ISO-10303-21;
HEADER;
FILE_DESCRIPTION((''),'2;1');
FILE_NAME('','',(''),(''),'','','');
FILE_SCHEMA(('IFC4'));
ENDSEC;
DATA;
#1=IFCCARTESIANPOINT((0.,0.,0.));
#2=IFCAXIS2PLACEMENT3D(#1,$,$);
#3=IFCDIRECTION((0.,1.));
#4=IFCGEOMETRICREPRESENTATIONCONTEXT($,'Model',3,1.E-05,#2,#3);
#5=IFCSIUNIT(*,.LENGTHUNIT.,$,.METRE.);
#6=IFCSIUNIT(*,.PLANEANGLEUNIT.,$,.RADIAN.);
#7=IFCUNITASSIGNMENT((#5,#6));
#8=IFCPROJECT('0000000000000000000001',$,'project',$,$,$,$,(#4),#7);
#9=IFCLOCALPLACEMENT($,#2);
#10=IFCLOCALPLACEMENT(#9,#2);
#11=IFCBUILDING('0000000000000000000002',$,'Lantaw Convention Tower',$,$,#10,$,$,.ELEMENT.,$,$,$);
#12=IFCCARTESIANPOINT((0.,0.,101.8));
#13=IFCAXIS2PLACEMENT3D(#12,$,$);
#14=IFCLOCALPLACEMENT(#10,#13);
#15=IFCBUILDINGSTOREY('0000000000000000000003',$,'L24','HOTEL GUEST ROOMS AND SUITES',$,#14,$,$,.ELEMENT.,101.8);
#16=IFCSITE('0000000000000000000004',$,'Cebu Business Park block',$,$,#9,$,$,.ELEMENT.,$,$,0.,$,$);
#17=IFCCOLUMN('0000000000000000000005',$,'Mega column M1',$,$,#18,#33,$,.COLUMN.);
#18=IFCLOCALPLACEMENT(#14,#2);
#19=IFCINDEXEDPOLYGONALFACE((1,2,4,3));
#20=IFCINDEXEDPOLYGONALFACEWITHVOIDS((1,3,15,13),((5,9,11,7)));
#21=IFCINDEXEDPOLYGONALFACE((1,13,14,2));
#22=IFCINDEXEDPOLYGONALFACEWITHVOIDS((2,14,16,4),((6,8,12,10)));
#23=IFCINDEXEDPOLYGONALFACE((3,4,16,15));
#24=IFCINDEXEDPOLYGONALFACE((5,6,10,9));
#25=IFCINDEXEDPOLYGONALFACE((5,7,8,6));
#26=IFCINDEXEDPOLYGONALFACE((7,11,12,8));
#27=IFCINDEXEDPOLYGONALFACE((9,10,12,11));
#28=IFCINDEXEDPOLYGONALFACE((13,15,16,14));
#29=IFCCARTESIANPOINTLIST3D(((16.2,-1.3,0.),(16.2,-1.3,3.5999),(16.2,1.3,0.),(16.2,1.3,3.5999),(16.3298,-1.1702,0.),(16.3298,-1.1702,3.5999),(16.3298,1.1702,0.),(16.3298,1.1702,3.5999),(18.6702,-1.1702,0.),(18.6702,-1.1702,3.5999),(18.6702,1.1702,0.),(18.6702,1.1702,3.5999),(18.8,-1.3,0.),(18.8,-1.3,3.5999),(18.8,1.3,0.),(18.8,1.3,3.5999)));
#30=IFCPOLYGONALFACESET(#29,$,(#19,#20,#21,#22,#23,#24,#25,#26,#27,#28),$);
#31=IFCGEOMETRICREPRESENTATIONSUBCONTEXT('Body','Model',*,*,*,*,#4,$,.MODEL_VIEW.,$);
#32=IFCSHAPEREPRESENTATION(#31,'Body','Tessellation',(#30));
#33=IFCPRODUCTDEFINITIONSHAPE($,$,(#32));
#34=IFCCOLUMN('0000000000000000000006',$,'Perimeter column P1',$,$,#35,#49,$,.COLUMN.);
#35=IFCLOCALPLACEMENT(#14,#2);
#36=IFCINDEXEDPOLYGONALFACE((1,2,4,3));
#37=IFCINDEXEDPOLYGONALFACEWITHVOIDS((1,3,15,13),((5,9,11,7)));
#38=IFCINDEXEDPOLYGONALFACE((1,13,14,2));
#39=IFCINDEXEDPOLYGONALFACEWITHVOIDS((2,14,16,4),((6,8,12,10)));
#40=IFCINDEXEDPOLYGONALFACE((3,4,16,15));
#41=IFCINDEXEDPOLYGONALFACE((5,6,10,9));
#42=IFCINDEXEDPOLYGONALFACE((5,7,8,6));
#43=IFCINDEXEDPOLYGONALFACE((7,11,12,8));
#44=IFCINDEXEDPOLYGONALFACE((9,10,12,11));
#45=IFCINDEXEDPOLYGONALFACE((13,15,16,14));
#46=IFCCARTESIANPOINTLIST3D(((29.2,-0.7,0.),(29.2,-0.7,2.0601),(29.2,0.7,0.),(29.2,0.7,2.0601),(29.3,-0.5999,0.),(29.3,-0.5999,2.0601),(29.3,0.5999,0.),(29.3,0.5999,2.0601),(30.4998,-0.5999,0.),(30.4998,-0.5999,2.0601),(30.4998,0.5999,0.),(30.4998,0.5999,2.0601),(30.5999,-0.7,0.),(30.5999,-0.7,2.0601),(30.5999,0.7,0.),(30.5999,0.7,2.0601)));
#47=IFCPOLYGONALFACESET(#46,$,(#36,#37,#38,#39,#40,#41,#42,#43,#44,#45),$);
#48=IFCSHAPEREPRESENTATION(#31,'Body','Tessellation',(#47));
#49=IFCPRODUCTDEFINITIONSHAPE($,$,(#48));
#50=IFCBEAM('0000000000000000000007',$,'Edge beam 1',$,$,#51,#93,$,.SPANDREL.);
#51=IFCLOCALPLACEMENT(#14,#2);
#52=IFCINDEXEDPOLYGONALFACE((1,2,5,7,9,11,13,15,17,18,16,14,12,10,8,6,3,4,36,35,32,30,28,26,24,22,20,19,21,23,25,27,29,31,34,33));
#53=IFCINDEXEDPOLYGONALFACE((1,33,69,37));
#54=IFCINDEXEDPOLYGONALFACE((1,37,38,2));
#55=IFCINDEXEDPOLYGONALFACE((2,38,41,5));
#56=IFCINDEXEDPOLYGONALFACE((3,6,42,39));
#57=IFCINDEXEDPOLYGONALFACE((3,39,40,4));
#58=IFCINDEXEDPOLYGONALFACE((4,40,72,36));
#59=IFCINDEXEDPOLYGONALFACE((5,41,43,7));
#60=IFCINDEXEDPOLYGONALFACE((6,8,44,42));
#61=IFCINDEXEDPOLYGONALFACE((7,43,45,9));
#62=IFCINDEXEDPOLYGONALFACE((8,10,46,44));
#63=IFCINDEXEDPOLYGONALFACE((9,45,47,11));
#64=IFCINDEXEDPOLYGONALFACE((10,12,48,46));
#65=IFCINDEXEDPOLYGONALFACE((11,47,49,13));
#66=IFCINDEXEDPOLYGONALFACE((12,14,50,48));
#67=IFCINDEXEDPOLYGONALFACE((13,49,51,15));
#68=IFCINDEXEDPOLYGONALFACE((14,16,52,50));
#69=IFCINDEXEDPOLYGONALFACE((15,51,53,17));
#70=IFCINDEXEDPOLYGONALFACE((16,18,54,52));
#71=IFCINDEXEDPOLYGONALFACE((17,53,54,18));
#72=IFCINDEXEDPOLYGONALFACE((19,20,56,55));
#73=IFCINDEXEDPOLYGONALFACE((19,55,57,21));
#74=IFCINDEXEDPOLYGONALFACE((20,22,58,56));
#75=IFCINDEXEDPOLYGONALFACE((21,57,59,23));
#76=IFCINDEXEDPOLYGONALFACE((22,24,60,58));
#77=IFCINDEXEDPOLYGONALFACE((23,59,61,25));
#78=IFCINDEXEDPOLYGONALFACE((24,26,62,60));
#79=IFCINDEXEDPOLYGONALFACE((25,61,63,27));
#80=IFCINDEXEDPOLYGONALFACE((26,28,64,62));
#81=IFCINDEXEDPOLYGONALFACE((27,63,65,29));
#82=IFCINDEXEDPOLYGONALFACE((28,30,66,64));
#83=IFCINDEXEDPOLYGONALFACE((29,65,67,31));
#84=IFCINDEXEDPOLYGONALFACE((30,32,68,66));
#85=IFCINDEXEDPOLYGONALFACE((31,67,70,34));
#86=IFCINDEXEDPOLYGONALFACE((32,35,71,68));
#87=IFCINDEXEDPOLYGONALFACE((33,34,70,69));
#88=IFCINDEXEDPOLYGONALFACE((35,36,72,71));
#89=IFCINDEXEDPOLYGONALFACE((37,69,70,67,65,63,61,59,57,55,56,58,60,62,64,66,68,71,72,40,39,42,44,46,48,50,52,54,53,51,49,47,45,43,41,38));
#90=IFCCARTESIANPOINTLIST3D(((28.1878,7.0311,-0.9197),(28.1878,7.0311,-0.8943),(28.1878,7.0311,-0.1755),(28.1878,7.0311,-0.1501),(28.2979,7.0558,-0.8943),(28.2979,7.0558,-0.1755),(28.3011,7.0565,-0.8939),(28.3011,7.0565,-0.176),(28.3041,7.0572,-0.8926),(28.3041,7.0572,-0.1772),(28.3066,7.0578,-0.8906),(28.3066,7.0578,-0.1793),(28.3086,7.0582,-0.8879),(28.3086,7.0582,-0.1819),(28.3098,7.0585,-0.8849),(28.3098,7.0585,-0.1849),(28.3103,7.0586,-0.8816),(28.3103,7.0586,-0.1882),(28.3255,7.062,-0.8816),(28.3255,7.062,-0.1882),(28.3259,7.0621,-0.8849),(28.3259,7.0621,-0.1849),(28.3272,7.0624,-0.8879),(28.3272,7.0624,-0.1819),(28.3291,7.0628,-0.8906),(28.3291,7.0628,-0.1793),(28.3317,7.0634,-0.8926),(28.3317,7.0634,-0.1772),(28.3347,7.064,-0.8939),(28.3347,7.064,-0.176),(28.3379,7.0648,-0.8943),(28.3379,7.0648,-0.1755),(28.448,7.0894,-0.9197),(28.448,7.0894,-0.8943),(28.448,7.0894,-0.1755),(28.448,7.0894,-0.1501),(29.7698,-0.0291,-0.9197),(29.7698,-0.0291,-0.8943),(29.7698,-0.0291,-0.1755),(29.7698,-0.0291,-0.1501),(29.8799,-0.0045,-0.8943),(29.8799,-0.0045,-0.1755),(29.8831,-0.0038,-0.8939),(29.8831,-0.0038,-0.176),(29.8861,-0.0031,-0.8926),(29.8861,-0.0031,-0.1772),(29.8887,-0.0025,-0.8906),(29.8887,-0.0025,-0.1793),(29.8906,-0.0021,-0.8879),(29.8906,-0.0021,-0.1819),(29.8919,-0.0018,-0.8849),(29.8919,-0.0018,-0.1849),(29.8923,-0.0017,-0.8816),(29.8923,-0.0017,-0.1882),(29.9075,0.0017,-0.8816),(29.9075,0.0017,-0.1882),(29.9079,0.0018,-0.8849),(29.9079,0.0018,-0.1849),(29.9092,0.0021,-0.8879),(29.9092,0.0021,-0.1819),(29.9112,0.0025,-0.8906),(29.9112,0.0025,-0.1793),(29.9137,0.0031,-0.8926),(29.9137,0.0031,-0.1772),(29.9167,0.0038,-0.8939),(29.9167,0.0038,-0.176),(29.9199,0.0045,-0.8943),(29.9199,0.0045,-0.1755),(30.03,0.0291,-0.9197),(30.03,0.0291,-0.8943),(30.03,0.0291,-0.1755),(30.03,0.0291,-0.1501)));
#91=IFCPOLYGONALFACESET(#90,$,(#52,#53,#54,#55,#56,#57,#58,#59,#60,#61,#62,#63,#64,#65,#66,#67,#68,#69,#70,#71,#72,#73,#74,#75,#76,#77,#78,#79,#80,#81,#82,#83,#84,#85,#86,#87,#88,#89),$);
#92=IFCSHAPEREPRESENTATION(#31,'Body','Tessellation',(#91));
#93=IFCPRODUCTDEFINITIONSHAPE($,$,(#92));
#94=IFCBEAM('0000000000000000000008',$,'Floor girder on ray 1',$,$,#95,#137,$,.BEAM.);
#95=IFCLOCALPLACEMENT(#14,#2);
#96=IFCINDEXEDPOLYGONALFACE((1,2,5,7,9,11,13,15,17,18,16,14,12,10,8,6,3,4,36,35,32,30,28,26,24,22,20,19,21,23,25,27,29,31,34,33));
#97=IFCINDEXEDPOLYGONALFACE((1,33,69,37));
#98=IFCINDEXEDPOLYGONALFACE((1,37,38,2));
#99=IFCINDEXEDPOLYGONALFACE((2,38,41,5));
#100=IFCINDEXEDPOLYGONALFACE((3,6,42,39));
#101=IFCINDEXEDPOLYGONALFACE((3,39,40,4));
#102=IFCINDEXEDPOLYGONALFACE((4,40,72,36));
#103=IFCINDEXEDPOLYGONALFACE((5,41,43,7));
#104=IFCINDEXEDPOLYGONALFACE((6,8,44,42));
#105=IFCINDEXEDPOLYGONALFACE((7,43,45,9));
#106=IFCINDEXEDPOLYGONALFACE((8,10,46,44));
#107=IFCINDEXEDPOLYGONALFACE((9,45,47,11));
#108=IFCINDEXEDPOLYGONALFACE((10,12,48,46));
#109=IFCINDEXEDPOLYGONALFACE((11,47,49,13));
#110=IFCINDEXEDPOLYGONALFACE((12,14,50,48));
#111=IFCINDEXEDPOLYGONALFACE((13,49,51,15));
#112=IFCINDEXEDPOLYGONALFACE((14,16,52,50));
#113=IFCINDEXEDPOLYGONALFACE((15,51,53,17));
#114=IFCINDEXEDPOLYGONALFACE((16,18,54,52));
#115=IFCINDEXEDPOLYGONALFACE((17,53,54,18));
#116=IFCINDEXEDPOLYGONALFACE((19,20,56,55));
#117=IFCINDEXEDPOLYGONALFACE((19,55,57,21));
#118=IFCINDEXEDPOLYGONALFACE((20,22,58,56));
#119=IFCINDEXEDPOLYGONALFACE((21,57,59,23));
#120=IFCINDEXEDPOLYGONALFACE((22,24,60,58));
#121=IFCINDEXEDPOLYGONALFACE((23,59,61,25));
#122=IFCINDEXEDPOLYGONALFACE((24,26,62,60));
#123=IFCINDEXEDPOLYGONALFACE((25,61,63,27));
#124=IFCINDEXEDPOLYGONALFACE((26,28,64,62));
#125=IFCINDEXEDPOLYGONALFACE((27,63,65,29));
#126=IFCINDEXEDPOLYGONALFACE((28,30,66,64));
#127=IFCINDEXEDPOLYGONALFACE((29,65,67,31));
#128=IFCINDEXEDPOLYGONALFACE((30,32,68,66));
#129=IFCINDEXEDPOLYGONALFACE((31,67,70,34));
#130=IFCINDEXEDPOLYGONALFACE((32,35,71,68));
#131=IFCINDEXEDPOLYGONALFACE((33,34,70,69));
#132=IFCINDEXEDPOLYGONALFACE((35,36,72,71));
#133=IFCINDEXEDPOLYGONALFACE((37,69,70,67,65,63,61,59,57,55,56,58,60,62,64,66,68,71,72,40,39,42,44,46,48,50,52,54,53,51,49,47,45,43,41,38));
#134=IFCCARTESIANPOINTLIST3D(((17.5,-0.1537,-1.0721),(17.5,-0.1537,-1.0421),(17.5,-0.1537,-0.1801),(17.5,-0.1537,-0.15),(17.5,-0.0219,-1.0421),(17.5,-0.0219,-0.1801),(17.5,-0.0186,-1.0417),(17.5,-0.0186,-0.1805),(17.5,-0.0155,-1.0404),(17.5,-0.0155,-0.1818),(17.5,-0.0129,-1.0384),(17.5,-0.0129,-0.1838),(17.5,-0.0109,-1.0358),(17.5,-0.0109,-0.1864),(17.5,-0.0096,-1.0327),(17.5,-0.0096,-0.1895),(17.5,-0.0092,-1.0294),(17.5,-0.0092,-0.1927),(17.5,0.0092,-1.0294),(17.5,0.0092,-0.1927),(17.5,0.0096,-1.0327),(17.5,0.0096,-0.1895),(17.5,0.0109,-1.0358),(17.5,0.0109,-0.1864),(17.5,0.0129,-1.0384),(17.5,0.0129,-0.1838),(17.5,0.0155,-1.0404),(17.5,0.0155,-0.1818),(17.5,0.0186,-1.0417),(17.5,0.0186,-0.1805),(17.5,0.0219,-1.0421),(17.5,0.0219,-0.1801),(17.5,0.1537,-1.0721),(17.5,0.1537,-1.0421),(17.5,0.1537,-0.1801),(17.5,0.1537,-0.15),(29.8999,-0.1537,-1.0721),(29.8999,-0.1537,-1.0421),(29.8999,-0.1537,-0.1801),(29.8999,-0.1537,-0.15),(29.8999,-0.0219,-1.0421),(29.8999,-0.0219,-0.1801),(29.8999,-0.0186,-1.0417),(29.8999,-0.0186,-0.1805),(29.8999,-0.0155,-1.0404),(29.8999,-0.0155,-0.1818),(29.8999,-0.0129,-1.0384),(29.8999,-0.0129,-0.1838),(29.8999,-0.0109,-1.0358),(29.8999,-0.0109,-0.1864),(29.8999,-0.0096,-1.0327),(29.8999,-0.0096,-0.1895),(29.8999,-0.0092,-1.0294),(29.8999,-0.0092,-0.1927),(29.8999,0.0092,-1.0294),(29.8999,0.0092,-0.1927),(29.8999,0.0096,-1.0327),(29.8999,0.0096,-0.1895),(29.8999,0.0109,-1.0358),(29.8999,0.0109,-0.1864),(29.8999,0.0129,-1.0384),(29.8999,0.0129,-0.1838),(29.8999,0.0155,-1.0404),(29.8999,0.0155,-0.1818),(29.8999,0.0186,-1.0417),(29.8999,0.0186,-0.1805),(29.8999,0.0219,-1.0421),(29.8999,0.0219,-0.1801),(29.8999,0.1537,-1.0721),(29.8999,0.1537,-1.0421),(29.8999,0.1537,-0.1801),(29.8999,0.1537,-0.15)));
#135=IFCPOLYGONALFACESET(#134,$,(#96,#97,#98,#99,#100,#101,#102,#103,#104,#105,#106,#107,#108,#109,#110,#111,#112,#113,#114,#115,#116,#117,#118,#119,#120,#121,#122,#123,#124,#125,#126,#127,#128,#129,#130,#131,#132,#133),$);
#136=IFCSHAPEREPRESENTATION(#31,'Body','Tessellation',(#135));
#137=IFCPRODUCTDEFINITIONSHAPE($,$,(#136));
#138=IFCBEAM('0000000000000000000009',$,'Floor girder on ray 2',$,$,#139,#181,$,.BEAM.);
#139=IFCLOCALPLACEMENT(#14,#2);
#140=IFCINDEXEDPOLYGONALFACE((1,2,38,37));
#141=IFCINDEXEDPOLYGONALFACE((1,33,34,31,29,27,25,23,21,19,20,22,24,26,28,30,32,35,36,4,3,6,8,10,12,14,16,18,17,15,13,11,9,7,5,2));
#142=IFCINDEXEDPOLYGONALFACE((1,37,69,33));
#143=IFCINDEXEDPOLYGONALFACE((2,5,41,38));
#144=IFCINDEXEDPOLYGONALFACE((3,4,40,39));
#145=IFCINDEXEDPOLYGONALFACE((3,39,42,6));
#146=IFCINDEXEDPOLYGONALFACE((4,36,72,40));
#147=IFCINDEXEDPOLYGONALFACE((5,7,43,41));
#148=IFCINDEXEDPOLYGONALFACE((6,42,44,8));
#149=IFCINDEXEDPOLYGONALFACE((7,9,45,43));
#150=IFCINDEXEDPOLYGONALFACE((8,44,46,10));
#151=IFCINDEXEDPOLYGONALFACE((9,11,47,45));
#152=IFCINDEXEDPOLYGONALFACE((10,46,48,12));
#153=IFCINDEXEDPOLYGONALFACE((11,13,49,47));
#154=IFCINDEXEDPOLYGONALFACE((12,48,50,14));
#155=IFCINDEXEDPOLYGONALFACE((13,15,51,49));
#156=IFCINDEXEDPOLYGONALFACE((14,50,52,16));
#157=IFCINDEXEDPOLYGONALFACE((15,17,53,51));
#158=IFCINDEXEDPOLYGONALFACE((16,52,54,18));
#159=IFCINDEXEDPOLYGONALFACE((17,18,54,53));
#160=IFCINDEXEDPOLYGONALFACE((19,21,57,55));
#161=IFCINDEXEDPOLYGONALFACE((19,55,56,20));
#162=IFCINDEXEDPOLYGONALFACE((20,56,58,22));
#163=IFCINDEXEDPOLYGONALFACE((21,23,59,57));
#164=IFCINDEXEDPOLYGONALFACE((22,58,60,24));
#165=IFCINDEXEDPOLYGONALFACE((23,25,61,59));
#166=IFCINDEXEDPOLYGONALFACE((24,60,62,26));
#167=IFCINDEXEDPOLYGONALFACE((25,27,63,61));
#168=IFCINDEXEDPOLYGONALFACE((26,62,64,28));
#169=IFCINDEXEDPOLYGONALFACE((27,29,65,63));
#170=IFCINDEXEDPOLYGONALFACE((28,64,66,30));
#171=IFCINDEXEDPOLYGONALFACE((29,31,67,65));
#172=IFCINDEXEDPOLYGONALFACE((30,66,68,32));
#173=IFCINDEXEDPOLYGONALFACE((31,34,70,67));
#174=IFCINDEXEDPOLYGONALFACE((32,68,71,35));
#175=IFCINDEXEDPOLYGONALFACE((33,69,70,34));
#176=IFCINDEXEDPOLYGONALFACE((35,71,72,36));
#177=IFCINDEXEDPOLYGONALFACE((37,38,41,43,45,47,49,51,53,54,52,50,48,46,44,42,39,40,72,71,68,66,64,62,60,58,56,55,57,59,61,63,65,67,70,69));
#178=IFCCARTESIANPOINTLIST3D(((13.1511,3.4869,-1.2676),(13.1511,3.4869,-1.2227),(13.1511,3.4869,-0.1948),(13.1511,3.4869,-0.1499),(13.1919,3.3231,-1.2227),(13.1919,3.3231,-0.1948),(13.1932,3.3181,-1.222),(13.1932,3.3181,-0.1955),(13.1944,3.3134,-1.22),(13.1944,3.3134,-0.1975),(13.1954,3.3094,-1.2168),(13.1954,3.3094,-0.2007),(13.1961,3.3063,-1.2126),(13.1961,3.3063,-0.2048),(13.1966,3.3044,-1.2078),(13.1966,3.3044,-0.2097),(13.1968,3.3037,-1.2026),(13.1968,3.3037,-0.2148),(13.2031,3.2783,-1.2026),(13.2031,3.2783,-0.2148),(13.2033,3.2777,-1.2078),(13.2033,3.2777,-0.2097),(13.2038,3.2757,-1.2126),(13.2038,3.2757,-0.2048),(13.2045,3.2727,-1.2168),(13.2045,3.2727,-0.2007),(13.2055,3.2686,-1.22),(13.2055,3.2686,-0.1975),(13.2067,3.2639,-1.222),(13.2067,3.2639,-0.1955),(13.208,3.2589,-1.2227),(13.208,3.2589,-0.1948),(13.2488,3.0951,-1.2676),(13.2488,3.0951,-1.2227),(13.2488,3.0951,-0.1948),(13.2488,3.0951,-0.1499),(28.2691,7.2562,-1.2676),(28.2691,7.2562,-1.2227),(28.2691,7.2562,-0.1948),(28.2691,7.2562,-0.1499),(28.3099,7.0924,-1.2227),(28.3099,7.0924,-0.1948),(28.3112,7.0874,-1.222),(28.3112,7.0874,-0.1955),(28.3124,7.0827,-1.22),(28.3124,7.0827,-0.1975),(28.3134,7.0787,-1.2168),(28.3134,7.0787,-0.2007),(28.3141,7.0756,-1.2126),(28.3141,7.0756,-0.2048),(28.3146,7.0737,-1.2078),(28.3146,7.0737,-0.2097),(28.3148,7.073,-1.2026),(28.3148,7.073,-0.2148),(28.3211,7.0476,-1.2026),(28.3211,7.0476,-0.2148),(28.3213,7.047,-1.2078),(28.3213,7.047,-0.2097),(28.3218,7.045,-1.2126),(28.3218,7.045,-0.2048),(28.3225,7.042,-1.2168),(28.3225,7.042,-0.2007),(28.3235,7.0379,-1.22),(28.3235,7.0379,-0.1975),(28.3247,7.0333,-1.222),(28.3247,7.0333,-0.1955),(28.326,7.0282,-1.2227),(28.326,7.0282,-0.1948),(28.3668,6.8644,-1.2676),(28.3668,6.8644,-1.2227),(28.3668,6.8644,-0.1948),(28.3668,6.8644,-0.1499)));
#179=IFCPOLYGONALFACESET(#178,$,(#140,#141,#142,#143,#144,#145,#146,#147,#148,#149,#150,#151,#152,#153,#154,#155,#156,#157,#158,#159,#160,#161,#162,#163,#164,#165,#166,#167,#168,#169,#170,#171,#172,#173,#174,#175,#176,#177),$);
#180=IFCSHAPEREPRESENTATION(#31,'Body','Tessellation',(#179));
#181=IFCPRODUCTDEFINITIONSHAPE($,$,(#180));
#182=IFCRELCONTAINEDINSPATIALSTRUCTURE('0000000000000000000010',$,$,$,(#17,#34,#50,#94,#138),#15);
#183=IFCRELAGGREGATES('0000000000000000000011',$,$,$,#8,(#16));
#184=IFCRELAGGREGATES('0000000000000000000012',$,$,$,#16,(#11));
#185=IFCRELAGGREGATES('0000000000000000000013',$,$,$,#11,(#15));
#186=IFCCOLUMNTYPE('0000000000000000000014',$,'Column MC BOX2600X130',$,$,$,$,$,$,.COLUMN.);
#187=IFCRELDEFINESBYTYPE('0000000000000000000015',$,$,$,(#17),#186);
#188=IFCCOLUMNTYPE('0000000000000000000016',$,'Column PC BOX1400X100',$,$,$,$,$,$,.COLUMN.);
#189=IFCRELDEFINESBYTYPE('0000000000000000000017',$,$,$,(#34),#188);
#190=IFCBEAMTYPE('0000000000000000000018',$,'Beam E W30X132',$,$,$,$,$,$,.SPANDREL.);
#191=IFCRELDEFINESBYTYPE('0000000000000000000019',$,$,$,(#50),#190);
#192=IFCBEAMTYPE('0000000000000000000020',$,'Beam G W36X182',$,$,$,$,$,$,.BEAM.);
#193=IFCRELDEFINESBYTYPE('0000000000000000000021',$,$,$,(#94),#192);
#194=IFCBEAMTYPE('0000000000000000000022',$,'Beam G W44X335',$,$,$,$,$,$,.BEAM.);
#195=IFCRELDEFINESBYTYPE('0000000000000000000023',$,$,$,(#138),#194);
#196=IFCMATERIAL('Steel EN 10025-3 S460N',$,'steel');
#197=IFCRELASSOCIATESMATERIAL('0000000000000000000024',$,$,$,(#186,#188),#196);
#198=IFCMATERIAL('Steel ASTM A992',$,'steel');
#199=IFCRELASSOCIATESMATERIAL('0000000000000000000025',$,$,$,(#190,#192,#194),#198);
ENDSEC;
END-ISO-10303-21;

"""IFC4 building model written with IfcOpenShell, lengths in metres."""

from ifc_helpers import new_model, si_unit, direction, frame, origin, origin_2d, place, context, subcontext, project, spatial, rectangle, hollow_rectangle, i_section, extrude, material, material_profile, profile_set, type_object, element, save


model = new_model("IFC4")

# Units and contexts
model_context = context("Model", 3, precision=1e-05, world=origin(), true_north=direction((0.0, 1.0)))
body_context = subcontext(model_context, "Body", "Model", "MODEL_VIEW")
ifc_project = project(units=[si_unit("LENGTHUNIT", "METRE"), si_unit("PLANEANGLEUNIT", "RADIAN")], contexts=[model_context])

# Site, building, storey
site_placement = place(None, origin())
site = spatial("IfcSite", under=ifc_project, at=site_placement, Name="Cebu Business Park block", CompositionType="ELEMENT", RefElevation=0.0)
building_placement = place(site_placement, origin())
building = spatial("IfcBuilding", under=site, at=building_placement, Name="Lantaw Convention Tower", CompositionType="ELEMENT")
storey_placement = place(building_placement, frame((0.0, 0.0, 101.8)))
storey = spatial("IfcBuildingStorey", under=building, at=storey_placement, Name="L24", Description="HOTEL GUEST ROOMS AND SUITES", CompositionType="ELEMENT", Elevation=101.8)

# Columns
ifc_material_1 = material(Name="Steel EN 10025-3 S460N", Category="steel")
ifc_material_profile_1 = material_profile(ifc_material_1, hollow_rectangle(XDim=2.6001, YDim=2.6001, WallThickness=0.1299, at=origin_2d()), Name="BOX2600X130")
ifc_material_2 = material(Name="Concrete C60/75", Category="concrete")
ifc_material_profile_2 = material_profile(ifc_material_2, rectangle(XDim=2.3401, YDim=2.3401, at=origin_2d()), Name="Concrete fill of BOX2600X130")
ifc_profile_set_1 = profile_set([ifc_material_profile_1, ifc_material_profile_2], Name="Steel EN 10025-3 S460N")
column_type_1 = type_object("IfcColumnType", Name="Column MC BOX2600X130", PredefinedType="COLUMN", material=ifc_profile_set_1)
column_1_placement = place(storey_placement, frame((17.5, 0.0, 0.0), z_axis=(0.0, 0.0, 1.0), x_axis=(1.0, 0.0, 0.0)))
element("IfcColumn", 1, at=column_1_placement, inside=storey, type_object=column_type_1, Name="Mega column M1", PredefinedType="COLUMN", context=body_context, shape_type="SweptSolid", body=[
    extrude(hollow_rectangle(XDim=2.6001, YDim=2.6001, WallThickness=0.1299, at=origin_2d()), origin(), (0.0, 0.0, 1.0), 3.5999),
])
ifc_material_profile_3 = material_profile(ifc_material_1, hollow_rectangle(XDim=1.3999, YDim=1.3999, WallThickness=0.1001, at=origin_2d()), Name="BOX1400X100")
ifc_material_profile_4 = material_profile(ifc_material_2, rectangle(XDim=1.2, YDim=1.2, at=origin_2d()), Name="Concrete fill of BOX1400X100")
ifc_profile_set_2 = profile_set([ifc_material_profile_3, ifc_material_profile_4], Name="Steel EN 10025-3 S460N")
column_type_2 = type_object("IfcColumnType", Name="Column PC BOX1400X100", PredefinedType="COLUMN", material=ifc_profile_set_2)
column_2_placement = place(storey_placement, frame((29.8999, 0.0, 0.0), z_axis=(0.0, 0.0, 1.0), x_axis=(1.0, 0.0, 0.0)))
element("IfcColumn", 2, at=column_2_placement, inside=storey, type_object=column_type_2, Name="Perimeter column P1", PredefinedType="COLUMN", context=body_context, shape_type="SweptSolid", body=[
    extrude(hollow_rectangle(XDim=1.3999, YDim=1.3999, WallThickness=0.1001, at=origin_2d()), origin(), (0.0, 0.0, 1.0), 2.0601),
])

# Beams
ifc_material_3 = material(Name="Steel ASTM A992", Category="steel")
ifc_material_profile_5 = material_profile(ifc_material_3, i_section(OverallWidth=0.2666, OverallDepth=0.7695, WebThickness=0.0156, FlangeThickness=0.0254, FilletRadius=0.0127, at=origin_2d()), Name="W30X132")
ifc_profile_set_3 = profile_set([ifc_material_profile_5], Name="Steel ASTM A992")
beam_type_1 = type_object("IfcBeamType", Name="Beam E W30X132", PredefinedType="SPANDREL", material=ifc_profile_set_3)
beam_1_placement = place(storey_placement, frame((29.8999, 0.0, -0.5349), z_axis=(-0.218652, 0.975803, 0.0), x_axis=(-0.975803, -0.218652, 0.0)))
element("IfcBeam", 3, at=beam_1_placement, inside=storey, type_object=beam_type_1, Name="Edge beam 1", PredefinedType="SPANDREL", context=body_context, shape_type="SweptSolid", body=[
    extrude(i_section(OverallWidth=0.2666, OverallDepth=0.7695, WebThickness=0.0156, FlangeThickness=0.0254, FilletRadius=0.0127, at=origin_2d()), origin(), (0.0, 0.0, 1.0), 7.2354),
])
ifc_material_profile_6 = material_profile(ifc_material_3, i_section(OverallWidth=0.3074, OverallDepth=0.9221, WebThickness=0.0183, FlangeThickness=0.03, FilletRadius=0.0127, at=origin_2d()), Name="W36X182")
ifc_profile_set_4 = profile_set([ifc_material_profile_6], Name="Steel ASTM A992")
beam_type_2 = type_object("IfcBeamType", Name="Beam G W36X182", PredefinedType="BEAM", material=ifc_profile_set_4)
beam_2_placement = place(storey_placement, frame((17.5, 0.0, -0.6111), z_axis=(1.0, 0.0, 0.0), x_axis=(0.0, 1.0, 0.0)))
element("IfcBeam", 4, at=beam_2_placement, inside=storey, type_object=beam_type_2, Name="Floor girder on ray 1", PredefinedType="BEAM", context=body_context, shape_type="SweptSolid", body=[
    extrude(i_section(OverallWidth=0.3074, OverallDepth=0.9221, WebThickness=0.0183, FlangeThickness=0.03, FilletRadius=0.0127, at=origin_2d()), origin(), (0.0, 0.0, 1.0), 12.3999),
])
ifc_material_profile_7 = material_profile(ifc_material_3, i_section(OverallWidth=0.4038, OverallDepth=1.1177, WebThickness=0.0261, FlangeThickness=0.0449, FilletRadius=0.02, at=origin_2d()), Name="W44X335")
ifc_profile_set_5 = profile_set([ifc_material_profile_7], Name="Steel ASTM A992")
beam_type_3 = type_object("IfcBeamType", Name="Beam G W44X335", PredefinedType="BEAM", material=ifc_profile_set_5)
beam_3_placement = place(storey_placement, frame((13.2, 3.291, -0.7087), z_axis=(0.970296, 0.24192, 0.0), x_axis=(-0.24192, 0.970296, 0.0)))
element("IfcBeam", 5, at=beam_3_placement, inside=storey, type_object=beam_type_3, Name="Floor girder on ray 2", PredefinedType="BEAM", context=body_context, shape_type="SweptSolid", body=[
    extrude(i_section(OverallWidth=0.4038, OverallDepth=1.1177, WebThickness=0.0261, FlangeThickness=0.0449, FilletRadius=0.02, at=origin_2d()), origin(), (0.0, 0.0, 1.0), 15.5808),
])

save(model, "model.ifc")
